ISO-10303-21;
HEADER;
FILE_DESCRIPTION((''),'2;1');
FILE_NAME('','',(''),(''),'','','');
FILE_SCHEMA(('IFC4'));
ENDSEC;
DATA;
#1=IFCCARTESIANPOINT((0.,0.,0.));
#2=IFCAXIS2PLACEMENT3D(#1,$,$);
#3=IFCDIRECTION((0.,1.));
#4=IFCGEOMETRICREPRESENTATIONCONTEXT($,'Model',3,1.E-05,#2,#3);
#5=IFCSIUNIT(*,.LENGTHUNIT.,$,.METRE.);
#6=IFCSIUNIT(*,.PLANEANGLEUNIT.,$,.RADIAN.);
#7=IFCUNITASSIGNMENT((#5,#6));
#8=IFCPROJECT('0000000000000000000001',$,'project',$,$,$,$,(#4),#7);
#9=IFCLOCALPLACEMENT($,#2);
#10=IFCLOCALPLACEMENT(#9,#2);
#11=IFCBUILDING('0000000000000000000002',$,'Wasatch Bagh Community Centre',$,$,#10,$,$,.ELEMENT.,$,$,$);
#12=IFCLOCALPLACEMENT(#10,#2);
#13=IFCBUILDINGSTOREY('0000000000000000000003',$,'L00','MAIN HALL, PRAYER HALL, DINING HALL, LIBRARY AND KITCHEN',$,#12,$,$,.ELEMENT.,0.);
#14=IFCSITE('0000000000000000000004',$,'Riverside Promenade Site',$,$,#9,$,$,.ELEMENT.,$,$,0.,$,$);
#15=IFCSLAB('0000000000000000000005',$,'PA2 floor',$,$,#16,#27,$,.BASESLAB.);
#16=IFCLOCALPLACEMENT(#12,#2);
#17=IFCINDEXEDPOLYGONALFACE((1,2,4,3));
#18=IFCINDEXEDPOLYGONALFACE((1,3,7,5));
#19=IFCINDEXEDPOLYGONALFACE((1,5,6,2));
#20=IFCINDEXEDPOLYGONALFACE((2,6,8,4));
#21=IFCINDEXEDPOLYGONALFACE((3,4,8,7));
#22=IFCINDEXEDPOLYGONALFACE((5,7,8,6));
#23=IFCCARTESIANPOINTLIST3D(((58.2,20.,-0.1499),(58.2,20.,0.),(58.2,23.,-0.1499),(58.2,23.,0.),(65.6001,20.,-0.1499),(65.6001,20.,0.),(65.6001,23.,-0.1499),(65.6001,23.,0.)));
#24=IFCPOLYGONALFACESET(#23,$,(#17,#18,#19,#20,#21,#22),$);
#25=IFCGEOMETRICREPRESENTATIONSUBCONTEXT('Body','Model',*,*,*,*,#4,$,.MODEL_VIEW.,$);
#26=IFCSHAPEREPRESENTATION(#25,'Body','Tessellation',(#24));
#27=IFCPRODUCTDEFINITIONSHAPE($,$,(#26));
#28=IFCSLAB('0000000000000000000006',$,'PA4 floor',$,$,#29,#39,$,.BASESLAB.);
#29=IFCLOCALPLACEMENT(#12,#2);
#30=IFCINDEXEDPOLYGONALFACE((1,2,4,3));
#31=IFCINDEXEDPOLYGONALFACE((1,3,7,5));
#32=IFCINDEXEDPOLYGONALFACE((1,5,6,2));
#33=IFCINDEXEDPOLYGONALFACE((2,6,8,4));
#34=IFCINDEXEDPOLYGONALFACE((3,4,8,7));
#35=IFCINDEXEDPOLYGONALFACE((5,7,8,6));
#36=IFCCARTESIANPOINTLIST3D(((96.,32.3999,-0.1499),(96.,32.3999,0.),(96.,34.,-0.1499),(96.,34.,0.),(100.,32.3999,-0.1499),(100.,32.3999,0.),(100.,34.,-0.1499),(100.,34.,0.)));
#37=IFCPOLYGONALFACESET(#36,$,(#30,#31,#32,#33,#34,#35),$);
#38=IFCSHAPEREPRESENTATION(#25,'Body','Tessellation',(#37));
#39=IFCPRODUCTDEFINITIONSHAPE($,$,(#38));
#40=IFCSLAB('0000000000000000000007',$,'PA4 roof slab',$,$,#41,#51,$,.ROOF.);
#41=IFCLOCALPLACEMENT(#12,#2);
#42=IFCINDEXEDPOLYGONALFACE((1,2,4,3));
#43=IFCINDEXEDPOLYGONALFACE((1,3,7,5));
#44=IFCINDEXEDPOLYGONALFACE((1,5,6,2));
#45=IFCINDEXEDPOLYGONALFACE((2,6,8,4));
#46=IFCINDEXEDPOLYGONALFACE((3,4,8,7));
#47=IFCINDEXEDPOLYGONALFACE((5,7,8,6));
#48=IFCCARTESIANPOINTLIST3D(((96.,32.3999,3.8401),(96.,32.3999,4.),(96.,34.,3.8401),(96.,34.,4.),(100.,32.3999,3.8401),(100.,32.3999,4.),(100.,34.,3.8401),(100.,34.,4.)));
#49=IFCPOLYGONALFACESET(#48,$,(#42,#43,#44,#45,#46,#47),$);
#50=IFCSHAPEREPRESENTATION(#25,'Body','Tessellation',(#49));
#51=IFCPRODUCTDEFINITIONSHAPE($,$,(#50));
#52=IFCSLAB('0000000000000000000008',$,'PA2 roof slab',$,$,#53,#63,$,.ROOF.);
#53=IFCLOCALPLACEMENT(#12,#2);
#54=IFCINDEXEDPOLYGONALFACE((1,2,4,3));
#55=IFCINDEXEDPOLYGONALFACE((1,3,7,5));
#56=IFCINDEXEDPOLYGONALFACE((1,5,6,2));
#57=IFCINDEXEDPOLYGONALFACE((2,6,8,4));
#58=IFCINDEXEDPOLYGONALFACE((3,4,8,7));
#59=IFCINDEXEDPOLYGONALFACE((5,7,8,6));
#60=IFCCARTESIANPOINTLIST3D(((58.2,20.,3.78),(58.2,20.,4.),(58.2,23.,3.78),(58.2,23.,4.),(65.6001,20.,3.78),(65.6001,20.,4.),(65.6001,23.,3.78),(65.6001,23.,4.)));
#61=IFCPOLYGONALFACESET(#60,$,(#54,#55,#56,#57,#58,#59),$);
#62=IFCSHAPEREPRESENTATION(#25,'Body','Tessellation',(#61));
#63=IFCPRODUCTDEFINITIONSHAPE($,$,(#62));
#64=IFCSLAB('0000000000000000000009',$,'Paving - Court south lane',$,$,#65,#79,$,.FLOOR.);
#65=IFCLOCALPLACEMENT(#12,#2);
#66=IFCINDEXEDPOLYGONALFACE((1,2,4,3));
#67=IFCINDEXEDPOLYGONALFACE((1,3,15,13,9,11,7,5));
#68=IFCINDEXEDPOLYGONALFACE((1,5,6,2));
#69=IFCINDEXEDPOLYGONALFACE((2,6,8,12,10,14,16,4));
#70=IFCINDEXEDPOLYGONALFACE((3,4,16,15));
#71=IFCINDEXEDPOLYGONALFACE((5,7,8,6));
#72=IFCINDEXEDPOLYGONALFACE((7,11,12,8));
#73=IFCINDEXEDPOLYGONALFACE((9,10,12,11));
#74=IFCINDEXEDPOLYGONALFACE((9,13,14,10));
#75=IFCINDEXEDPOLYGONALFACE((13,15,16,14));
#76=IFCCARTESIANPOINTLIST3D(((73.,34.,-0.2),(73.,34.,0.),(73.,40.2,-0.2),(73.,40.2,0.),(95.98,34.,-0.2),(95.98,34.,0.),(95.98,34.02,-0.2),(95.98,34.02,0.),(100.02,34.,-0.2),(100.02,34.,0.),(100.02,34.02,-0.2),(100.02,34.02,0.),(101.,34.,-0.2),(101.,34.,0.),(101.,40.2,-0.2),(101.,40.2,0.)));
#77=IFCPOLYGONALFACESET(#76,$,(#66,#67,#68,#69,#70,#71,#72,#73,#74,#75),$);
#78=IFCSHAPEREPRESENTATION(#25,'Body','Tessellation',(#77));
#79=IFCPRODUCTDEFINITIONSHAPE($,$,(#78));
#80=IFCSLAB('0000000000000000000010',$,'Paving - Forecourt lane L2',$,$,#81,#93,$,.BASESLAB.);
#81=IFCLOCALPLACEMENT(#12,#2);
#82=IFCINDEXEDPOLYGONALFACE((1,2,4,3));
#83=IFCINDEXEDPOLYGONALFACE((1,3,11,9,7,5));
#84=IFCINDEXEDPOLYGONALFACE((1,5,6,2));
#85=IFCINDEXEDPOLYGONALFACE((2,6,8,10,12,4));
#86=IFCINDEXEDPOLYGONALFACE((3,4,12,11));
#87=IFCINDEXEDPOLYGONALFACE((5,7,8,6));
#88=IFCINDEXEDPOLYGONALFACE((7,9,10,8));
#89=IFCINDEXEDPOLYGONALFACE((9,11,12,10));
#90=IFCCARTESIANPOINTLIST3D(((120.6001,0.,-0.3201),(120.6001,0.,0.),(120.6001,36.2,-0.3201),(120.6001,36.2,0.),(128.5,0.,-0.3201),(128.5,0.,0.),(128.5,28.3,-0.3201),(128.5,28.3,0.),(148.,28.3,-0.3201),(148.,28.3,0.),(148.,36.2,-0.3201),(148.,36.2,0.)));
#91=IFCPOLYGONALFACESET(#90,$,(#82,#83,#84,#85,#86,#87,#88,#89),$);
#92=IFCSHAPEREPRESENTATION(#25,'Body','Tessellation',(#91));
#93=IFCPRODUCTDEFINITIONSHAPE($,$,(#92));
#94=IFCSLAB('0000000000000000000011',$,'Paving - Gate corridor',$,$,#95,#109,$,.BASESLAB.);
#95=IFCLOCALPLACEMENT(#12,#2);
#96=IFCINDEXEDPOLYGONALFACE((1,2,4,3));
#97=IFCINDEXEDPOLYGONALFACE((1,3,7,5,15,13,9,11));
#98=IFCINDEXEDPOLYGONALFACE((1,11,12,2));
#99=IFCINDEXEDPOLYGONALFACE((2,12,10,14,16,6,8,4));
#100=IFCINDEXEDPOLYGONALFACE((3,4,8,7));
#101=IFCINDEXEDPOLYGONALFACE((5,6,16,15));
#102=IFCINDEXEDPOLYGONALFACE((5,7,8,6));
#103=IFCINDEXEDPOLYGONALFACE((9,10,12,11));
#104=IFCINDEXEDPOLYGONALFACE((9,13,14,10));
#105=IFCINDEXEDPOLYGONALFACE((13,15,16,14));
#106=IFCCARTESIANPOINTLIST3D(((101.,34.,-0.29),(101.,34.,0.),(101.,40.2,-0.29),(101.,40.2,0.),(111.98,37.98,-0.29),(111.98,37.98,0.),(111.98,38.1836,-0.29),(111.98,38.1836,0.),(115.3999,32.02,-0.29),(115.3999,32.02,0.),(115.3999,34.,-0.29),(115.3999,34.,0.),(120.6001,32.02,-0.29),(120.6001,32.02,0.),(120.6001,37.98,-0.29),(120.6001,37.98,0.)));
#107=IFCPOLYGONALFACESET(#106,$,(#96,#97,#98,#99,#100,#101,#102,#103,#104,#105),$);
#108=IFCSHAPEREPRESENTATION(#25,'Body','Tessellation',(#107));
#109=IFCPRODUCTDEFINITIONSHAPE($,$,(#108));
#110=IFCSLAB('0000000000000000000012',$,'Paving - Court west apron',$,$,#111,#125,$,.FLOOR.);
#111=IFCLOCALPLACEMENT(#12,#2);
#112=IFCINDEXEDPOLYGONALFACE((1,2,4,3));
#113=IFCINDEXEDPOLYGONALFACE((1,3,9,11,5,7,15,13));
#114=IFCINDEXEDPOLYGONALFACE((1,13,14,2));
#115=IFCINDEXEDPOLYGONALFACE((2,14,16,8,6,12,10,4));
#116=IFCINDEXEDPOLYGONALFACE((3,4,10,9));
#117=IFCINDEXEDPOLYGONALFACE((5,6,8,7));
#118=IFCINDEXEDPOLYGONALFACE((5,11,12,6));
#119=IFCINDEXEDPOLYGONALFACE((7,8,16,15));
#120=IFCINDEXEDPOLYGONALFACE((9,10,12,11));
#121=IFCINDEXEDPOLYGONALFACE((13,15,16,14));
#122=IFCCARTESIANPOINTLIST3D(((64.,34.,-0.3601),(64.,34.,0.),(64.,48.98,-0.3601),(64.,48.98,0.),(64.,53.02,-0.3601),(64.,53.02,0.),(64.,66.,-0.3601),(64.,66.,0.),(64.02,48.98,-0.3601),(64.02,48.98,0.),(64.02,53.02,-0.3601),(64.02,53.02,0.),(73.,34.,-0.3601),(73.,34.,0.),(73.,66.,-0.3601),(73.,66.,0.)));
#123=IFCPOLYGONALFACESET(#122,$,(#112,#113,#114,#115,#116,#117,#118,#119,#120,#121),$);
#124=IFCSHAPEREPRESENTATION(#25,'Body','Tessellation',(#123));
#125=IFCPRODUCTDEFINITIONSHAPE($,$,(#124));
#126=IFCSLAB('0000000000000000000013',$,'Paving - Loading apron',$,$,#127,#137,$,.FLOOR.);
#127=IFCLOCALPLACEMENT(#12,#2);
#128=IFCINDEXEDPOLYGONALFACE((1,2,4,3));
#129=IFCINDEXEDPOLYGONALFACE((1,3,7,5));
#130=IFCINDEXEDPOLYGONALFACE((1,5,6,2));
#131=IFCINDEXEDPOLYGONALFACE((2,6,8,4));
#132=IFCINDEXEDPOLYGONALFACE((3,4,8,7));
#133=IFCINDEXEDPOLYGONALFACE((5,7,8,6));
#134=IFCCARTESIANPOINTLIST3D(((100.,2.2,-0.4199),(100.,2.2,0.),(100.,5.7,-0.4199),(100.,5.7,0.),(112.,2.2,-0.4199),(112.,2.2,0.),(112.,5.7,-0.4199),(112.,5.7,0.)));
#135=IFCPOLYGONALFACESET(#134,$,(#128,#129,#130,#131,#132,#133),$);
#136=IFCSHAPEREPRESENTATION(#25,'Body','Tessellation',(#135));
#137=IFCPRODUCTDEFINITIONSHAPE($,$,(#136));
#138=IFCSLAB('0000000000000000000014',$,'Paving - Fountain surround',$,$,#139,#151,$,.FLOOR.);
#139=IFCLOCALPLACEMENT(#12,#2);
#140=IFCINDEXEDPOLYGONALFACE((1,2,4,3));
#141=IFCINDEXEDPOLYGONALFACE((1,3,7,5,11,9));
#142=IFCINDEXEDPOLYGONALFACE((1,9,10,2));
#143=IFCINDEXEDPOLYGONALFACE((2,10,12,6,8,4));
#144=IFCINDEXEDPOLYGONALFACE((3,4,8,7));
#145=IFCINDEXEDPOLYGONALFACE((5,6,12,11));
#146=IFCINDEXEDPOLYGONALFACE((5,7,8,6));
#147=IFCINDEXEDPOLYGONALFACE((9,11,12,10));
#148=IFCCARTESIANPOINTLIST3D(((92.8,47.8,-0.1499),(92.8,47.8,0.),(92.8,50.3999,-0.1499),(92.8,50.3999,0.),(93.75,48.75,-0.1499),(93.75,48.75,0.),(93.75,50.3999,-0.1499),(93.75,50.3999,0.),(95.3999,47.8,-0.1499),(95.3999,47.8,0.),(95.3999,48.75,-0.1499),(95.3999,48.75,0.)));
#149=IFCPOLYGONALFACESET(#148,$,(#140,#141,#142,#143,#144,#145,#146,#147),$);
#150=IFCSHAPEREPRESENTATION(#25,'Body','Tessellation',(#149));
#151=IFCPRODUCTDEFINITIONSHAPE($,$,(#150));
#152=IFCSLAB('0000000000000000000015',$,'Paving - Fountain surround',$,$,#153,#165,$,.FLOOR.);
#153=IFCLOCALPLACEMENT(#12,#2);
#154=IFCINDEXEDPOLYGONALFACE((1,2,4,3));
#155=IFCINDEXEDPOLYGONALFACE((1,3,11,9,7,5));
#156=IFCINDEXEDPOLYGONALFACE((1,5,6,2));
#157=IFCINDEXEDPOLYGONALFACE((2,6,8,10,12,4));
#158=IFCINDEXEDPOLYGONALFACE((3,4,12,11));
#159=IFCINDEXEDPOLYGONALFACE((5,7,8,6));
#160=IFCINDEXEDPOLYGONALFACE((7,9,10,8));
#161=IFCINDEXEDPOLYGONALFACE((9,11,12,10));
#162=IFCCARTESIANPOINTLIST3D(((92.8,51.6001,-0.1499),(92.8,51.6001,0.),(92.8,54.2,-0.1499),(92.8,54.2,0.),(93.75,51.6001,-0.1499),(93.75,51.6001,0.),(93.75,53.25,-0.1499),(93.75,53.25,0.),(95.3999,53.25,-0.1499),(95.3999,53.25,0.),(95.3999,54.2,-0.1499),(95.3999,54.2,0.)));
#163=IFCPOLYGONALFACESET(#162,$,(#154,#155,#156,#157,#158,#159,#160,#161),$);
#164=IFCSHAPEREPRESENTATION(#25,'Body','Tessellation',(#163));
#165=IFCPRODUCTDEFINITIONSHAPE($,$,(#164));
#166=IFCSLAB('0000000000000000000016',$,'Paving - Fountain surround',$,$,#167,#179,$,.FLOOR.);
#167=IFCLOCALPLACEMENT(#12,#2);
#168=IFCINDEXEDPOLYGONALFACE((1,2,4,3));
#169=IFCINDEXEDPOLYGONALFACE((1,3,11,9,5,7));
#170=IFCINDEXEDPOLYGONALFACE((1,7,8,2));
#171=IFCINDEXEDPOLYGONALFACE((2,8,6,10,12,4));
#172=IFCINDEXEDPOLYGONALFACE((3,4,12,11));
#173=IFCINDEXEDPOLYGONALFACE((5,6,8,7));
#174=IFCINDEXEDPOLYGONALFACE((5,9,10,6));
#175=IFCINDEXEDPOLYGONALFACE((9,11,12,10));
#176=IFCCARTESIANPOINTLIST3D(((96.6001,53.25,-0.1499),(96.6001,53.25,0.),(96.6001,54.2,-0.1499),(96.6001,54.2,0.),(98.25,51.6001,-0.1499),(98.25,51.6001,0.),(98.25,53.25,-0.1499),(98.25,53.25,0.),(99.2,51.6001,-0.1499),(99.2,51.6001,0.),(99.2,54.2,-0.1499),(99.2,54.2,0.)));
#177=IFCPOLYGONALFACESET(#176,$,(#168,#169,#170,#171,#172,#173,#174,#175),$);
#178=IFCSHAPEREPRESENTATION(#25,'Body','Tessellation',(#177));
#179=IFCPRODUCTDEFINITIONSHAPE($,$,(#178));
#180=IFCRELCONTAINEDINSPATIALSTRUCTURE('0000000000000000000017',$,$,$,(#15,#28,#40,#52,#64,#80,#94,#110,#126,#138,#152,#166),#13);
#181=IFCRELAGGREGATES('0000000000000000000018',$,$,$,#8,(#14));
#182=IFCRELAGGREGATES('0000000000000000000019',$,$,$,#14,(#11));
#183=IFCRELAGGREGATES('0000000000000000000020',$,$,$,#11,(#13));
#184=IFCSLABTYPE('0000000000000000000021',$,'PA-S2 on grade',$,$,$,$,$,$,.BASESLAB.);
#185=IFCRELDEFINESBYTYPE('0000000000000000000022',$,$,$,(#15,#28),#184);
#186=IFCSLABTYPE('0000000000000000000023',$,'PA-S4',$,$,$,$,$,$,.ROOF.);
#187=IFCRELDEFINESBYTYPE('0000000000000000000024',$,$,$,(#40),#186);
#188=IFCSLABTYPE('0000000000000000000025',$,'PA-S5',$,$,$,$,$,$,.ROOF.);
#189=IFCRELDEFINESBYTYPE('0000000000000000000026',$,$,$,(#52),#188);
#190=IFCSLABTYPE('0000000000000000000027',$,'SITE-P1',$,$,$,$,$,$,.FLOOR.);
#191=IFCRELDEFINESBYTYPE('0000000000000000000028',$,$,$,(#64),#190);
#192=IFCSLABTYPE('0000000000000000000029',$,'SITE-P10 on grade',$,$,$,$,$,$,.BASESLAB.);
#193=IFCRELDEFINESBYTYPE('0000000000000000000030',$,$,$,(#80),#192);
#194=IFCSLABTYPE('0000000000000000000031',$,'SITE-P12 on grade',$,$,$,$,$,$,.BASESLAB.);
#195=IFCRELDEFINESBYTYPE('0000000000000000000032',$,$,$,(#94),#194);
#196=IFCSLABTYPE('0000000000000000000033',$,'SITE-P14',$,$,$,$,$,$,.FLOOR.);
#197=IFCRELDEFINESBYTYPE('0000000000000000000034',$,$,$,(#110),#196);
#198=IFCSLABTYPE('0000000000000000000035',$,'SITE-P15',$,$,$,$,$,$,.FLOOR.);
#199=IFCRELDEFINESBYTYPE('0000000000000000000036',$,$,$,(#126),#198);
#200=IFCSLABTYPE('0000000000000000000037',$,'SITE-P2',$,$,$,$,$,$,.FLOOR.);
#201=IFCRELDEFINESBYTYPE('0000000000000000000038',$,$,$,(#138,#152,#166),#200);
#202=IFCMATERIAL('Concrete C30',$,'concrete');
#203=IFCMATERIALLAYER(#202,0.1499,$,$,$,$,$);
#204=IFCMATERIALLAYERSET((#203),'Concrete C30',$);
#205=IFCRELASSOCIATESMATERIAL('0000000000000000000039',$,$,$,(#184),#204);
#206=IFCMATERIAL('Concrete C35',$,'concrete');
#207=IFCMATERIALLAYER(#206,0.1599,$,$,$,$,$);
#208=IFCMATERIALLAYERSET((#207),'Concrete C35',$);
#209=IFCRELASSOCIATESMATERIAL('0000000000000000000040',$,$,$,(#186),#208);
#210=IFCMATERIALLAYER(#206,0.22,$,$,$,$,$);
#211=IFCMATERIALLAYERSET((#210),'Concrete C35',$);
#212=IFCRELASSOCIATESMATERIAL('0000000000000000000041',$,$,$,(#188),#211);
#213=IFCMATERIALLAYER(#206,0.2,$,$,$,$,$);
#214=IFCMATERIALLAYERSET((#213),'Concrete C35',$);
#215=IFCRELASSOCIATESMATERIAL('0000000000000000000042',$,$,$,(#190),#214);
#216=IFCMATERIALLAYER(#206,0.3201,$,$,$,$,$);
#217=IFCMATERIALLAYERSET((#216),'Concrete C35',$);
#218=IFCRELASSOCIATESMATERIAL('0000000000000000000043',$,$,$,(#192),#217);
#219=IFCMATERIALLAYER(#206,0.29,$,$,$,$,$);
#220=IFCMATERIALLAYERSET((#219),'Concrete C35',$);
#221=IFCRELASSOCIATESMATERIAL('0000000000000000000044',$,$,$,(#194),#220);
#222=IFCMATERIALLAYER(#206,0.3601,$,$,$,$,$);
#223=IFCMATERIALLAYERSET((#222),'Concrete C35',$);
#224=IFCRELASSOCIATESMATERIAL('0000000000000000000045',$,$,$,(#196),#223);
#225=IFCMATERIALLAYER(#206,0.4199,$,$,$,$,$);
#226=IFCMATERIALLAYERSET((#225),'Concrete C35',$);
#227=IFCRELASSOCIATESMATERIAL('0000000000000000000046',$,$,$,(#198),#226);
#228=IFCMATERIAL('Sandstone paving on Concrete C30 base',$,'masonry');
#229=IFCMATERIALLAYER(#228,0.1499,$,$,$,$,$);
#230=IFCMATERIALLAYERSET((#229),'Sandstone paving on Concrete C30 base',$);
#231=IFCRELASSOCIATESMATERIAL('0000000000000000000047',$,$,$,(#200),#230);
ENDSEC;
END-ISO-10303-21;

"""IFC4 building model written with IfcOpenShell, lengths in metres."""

from ifc_helpers import new_model, si_unit, direction, frame, origin, place, context, subcontext, project, spatial, polyline, outline, extrude, material, layer, layer_set, type_object, element, save


model = new_model("IFC4")

# Units and contexts
model_context = context("Model", 3, precision=1e-05, world=origin(), true_north=direction((0.0, 1.0)))
body_context = subcontext(model_context, "Body", "Model", "MODEL_VIEW")
ifc_project = project(units=[si_unit("LENGTHUNIT", "METRE"), si_unit("PLANEANGLEUNIT", "RADIAN")], contexts=[model_context])

# Site, building, storey
site_placement = place(None, origin())
site = spatial("IfcSite", under=ifc_project, at=site_placement, Name="Riverside Promenade Site", CompositionType="ELEMENT", RefElevation=0.0)
building_placement = place(site_placement, origin())
building = spatial("IfcBuilding", under=site, at=building_placement, Name="Wasatch Bagh Community Centre", CompositionType="ELEMENT")
storey_placement = place(building_placement, origin())
storey = spatial("IfcBuildingStorey", under=building, at=storey_placement, Name="L00", Description="MAIN HALL, PRAYER HALL, DINING HALL, LIBRARY AND KITCHEN", CompositionType="ELEMENT", Elevation=0.0)

# Slabs
ifc_material_1 = material(Name="Concrete C30", Category="concrete")
ifc_layer_1 = layer(ifc_material_1, 0.1499)
ifc_layer_set_1 = layer_set([ifc_layer_1], Name="Concrete C30")
slab_type_1 = type_object("IfcSlabType", Name="PA-S2 on grade", PredefinedType="BASESLAB", material=ifc_layer_set_1)
slab_1_placement = place(storey_placement, frame((0.0, 0.0, -0.1499)))
element("IfcSlab", 1, at=slab_1_placement, inside=storey, type_object=slab_type_1, Name="PA2 floor", PredefinedType="BASESLAB", context=body_context, shape_type="SweptSolid", body=[
    extrude(outline(polyline([(58.2, 20.0), (65.6001, 20.0), (65.6001, 23.0), (58.2, 23.0), (58.2, 20.0)])), origin(), (0.0, 0.0, 1.0), 0.1499),
])
slab_2_placement = place(storey_placement, frame((0.0, 0.0, -0.1499)))
element("IfcSlab", 2, at=slab_2_placement, inside=storey, type_object=slab_type_1, Name="PA4 floor", PredefinedType="BASESLAB", context=body_context, shape_type="SweptSolid", body=[
    extrude(outline(polyline([(96.0, 32.3999), (100.0, 32.3999), (100.0, 34.0), (96.0, 34.0), (96.0, 32.3999)])), origin(), (0.0, 0.0, 1.0), 0.1499),
])
ifc_material_2 = material(Name="Concrete C35", Category="concrete")
ifc_layer_2 = layer(ifc_material_2, 0.1599)
ifc_layer_set_2 = layer_set([ifc_layer_2], Name="Concrete C35")
slab_type_2 = type_object("IfcSlabType", Name="PA-S4", PredefinedType="ROOF", material=ifc_layer_set_2)
slab_3_placement = place(storey_placement, frame((0.0, 0.0, 3.8401)))
element("IfcSlab", 3, at=slab_3_placement, inside=storey, type_object=slab_type_2, Name="PA4 roof slab", PredefinedType="ROOF", context=body_context, shape_type="SweptSolid", body=[
    extrude(outline(polyline([(96.0, 32.3999), (100.0, 32.3999), (100.0, 34.0), (96.0, 34.0), (96.0, 32.3999)])), origin(), (0.0, 0.0, 1.0), 0.1599),
])
ifc_layer_3 = layer(ifc_material_2, 0.22)
ifc_layer_set_3 = layer_set([ifc_layer_3], Name="Concrete C35")
slab_type_3 = type_object("IfcSlabType", Name="PA-S5", PredefinedType="ROOF", material=ifc_layer_set_3)
slab_4_placement = place(storey_placement, frame((0.0, 0.0, 3.78)))
element("IfcSlab", 4, at=slab_4_placement, inside=storey, type_object=slab_type_3, Name="PA2 roof slab", PredefinedType="ROOF", context=body_context, shape_type="SweptSolid", body=[
    extrude(outline(polyline([(58.2, 20.0), (65.6001, 20.0), (65.6001, 23.0), (58.2, 23.0), (58.2, 20.0)])), origin(), (0.0, 0.0, 1.0), 0.22),
])
ifc_layer_4 = layer(ifc_material_2, 0.2)
ifc_layer_set_4 = layer_set([ifc_layer_4], Name="Concrete C35")
slab_type_4 = type_object("IfcSlabType", Name="SITE-P1", PredefinedType="FLOOR", material=ifc_layer_set_4)
slab_5_placement = place(storey_placement, frame((0.0, 0.0, -0.2)))
element("IfcSlab", 5, at=slab_5_placement, inside=storey, type_object=slab_type_4, Name="Paving - Court south lane", PredefinedType="FLOOR", context=body_context, shape_type="SweptSolid", body=[
    extrude(outline(polyline([(73.0, 40.2), (101.0, 40.2), (101.0, 34.0), (100.02, 34.0), (100.02, 34.02), (95.98, 34.02), (95.98, 34.0), (73.0, 34.0), (73.0, 40.2)])), origin(), (0.0, 0.0, 1.0), 0.2),
])
ifc_layer_5 = layer(ifc_material_2, 0.3201)
ifc_layer_set_5 = layer_set([ifc_layer_5], Name="Concrete C35")
slab_type_5 = type_object("IfcSlabType", Name="SITE-P10 on grade", PredefinedType="BASESLAB", material=ifc_layer_set_5)
slab_6_placement = place(storey_placement, frame((0.0, 0.0, -0.3201)))
element("IfcSlab", 6, at=slab_6_placement, inside=storey, type_object=slab_type_5, Name="Paving - Forecourt lane L2", PredefinedType="BASESLAB", context=body_context, shape_type="SweptSolid", body=[
    extrude(outline(polyline([(128.5, 0.0), (120.6001, 0.0), (120.6001, 36.2), (148.0, 36.2), (148.0, 28.3), (128.5, 28.3), (128.5, 0.0)])), origin(), (0.0, 0.0, 1.0), 0.3201),
])
ifc_layer_6 = layer(ifc_material_2, 0.29)
ifc_layer_set_6 = layer_set([ifc_layer_6], Name="Concrete C35")
slab_type_6 = type_object("IfcSlabType", Name="SITE-P12 on grade", PredefinedType="BASESLAB", material=ifc_layer_set_6)
slab_7_placement = place(storey_placement, frame((0.0, 0.0, -0.29)))
element("IfcSlab", 7, at=slab_7_placement, inside=storey, type_object=slab_type_6, Name="Paving - Gate corridor", PredefinedType="BASESLAB", context=body_context, shape_type="SweptSolid", body=[
    extrude(outline(polyline([(101.0, 40.2), (111.98, 38.1836), (111.98, 37.98), (120.6001, 37.98), (120.6001, 32.02), (115.3999, 32.02), (115.3999, 34.0), (101.0, 34.0), (101.0, 40.2)])), origin(), (0.0, 0.0, 1.0), 0.29),
])
ifc_layer_7 = layer(ifc_material_2, 0.3601)
ifc_layer_set_7 = layer_set([ifc_layer_7], Name="Concrete C35")
slab_type_7 = type_object("IfcSlabType", Name="SITE-P14", PredefinedType="FLOOR", material=ifc_layer_set_7)
slab_8_placement = place(storey_placement, frame((0.0, 0.0, -0.3601)))
element("IfcSlab", 8, at=slab_8_placement, inside=storey, type_object=slab_type_7, Name="Paving - Court west apron", PredefinedType="FLOOR", context=body_context, shape_type="SweptSolid", body=[
    extrude(outline(polyline([(73.0, 66.0), (73.0, 34.0), (64.0, 34.0), (64.0, 48.98), (64.02, 48.98), (64.02, 53.02), (64.0, 53.02), (64.0, 66.0), (73.0, 66.0)])), origin(), (0.0, 0.0, 1.0), 0.3601),
])
ifc_layer_8 = layer(ifc_material_2, 0.4199)
ifc_layer_set_8 = layer_set([ifc_layer_8], Name="Concrete C35")
slab_type_8 = type_object("IfcSlabType", Name="SITE-P15", PredefinedType="FLOOR", material=ifc_layer_set_8)
slab_9_placement = place(storey_placement, frame((0.0, 0.0, -0.4199)))
element("IfcSlab", 9, at=slab_9_placement, inside=storey, type_object=slab_type_8, Name="Paving - Loading apron", PredefinedType="FLOOR", context=body_context, shape_type="SweptSolid", body=[
    extrude(outline(polyline([(100.0, 5.7), (112.0, 5.7), (112.0, 2.2), (100.0, 2.2), (100.0, 5.7)])), origin(), (0.0, 0.0, 1.0), 0.4199),
])
ifc_material_3 = material(Name="Sandstone paving on Concrete C30 base", Category="masonry")
ifc_layer_9 = layer(ifc_material_3, 0.1499)
ifc_layer_set_9 = layer_set([ifc_layer_9], Name="Sandstone paving on Concrete C30 base")
slab_type_9 = type_object("IfcSlabType", Name="SITE-P2", PredefinedType="FLOOR", material=ifc_layer_set_9)
slab_10_placement = place(storey_placement, frame((0.0, 0.0, -0.1499)))
element("IfcSlab", 10, at=slab_10_placement, inside=storey, type_object=slab_type_9, Name="Paving - Fountain surround", PredefinedType="FLOOR", context=body_context, shape_type="SweptSolid", body=[
    extrude(outline(polyline([(92.8, 50.3999), (93.75, 50.3999), (93.75, 48.75), (95.3999, 48.75), (95.3999, 47.8), (92.8, 47.8), (92.8, 50.3999)])), origin(), (0.0, 0.0, 1.0), 0.1499),
])
slab_11_placement = place(storey_placement, frame((0.0, 0.0, -0.1499)))
element("IfcSlab", 11, at=slab_11_placement, inside=storey, type_object=slab_type_9, Name="Paving - Fountain surround", PredefinedType="FLOOR", context=body_context, shape_type="SweptSolid", body=[
    extrude(outline(polyline([(92.8, 54.2), (95.3999, 54.2), (95.3999, 53.25), (93.75, 53.25), (93.75, 51.6001), (92.8, 51.6001), (92.8, 54.2)])), origin(), (0.0, 0.0, 1.0), 0.1499),
])
slab_12_placement = place(storey_placement, frame((0.0, 0.0, -0.1499)))
element("IfcSlab", 12, at=slab_12_placement, inside=storey, type_object=slab_type_9, Name="Paving - Fountain surround", PredefinedType="FLOOR", context=body_context, shape_type="SweptSolid", body=[
    extrude(outline(polyline([(99.2, 54.2), (99.2, 51.6001), (98.25, 51.6001), (98.25, 53.25), (96.6001, 53.25), (96.6001, 54.2), (99.2, 54.2)])), origin(), (0.0, 0.0, 1.0), 0.1499),
])

save(model, "model.ifc")
